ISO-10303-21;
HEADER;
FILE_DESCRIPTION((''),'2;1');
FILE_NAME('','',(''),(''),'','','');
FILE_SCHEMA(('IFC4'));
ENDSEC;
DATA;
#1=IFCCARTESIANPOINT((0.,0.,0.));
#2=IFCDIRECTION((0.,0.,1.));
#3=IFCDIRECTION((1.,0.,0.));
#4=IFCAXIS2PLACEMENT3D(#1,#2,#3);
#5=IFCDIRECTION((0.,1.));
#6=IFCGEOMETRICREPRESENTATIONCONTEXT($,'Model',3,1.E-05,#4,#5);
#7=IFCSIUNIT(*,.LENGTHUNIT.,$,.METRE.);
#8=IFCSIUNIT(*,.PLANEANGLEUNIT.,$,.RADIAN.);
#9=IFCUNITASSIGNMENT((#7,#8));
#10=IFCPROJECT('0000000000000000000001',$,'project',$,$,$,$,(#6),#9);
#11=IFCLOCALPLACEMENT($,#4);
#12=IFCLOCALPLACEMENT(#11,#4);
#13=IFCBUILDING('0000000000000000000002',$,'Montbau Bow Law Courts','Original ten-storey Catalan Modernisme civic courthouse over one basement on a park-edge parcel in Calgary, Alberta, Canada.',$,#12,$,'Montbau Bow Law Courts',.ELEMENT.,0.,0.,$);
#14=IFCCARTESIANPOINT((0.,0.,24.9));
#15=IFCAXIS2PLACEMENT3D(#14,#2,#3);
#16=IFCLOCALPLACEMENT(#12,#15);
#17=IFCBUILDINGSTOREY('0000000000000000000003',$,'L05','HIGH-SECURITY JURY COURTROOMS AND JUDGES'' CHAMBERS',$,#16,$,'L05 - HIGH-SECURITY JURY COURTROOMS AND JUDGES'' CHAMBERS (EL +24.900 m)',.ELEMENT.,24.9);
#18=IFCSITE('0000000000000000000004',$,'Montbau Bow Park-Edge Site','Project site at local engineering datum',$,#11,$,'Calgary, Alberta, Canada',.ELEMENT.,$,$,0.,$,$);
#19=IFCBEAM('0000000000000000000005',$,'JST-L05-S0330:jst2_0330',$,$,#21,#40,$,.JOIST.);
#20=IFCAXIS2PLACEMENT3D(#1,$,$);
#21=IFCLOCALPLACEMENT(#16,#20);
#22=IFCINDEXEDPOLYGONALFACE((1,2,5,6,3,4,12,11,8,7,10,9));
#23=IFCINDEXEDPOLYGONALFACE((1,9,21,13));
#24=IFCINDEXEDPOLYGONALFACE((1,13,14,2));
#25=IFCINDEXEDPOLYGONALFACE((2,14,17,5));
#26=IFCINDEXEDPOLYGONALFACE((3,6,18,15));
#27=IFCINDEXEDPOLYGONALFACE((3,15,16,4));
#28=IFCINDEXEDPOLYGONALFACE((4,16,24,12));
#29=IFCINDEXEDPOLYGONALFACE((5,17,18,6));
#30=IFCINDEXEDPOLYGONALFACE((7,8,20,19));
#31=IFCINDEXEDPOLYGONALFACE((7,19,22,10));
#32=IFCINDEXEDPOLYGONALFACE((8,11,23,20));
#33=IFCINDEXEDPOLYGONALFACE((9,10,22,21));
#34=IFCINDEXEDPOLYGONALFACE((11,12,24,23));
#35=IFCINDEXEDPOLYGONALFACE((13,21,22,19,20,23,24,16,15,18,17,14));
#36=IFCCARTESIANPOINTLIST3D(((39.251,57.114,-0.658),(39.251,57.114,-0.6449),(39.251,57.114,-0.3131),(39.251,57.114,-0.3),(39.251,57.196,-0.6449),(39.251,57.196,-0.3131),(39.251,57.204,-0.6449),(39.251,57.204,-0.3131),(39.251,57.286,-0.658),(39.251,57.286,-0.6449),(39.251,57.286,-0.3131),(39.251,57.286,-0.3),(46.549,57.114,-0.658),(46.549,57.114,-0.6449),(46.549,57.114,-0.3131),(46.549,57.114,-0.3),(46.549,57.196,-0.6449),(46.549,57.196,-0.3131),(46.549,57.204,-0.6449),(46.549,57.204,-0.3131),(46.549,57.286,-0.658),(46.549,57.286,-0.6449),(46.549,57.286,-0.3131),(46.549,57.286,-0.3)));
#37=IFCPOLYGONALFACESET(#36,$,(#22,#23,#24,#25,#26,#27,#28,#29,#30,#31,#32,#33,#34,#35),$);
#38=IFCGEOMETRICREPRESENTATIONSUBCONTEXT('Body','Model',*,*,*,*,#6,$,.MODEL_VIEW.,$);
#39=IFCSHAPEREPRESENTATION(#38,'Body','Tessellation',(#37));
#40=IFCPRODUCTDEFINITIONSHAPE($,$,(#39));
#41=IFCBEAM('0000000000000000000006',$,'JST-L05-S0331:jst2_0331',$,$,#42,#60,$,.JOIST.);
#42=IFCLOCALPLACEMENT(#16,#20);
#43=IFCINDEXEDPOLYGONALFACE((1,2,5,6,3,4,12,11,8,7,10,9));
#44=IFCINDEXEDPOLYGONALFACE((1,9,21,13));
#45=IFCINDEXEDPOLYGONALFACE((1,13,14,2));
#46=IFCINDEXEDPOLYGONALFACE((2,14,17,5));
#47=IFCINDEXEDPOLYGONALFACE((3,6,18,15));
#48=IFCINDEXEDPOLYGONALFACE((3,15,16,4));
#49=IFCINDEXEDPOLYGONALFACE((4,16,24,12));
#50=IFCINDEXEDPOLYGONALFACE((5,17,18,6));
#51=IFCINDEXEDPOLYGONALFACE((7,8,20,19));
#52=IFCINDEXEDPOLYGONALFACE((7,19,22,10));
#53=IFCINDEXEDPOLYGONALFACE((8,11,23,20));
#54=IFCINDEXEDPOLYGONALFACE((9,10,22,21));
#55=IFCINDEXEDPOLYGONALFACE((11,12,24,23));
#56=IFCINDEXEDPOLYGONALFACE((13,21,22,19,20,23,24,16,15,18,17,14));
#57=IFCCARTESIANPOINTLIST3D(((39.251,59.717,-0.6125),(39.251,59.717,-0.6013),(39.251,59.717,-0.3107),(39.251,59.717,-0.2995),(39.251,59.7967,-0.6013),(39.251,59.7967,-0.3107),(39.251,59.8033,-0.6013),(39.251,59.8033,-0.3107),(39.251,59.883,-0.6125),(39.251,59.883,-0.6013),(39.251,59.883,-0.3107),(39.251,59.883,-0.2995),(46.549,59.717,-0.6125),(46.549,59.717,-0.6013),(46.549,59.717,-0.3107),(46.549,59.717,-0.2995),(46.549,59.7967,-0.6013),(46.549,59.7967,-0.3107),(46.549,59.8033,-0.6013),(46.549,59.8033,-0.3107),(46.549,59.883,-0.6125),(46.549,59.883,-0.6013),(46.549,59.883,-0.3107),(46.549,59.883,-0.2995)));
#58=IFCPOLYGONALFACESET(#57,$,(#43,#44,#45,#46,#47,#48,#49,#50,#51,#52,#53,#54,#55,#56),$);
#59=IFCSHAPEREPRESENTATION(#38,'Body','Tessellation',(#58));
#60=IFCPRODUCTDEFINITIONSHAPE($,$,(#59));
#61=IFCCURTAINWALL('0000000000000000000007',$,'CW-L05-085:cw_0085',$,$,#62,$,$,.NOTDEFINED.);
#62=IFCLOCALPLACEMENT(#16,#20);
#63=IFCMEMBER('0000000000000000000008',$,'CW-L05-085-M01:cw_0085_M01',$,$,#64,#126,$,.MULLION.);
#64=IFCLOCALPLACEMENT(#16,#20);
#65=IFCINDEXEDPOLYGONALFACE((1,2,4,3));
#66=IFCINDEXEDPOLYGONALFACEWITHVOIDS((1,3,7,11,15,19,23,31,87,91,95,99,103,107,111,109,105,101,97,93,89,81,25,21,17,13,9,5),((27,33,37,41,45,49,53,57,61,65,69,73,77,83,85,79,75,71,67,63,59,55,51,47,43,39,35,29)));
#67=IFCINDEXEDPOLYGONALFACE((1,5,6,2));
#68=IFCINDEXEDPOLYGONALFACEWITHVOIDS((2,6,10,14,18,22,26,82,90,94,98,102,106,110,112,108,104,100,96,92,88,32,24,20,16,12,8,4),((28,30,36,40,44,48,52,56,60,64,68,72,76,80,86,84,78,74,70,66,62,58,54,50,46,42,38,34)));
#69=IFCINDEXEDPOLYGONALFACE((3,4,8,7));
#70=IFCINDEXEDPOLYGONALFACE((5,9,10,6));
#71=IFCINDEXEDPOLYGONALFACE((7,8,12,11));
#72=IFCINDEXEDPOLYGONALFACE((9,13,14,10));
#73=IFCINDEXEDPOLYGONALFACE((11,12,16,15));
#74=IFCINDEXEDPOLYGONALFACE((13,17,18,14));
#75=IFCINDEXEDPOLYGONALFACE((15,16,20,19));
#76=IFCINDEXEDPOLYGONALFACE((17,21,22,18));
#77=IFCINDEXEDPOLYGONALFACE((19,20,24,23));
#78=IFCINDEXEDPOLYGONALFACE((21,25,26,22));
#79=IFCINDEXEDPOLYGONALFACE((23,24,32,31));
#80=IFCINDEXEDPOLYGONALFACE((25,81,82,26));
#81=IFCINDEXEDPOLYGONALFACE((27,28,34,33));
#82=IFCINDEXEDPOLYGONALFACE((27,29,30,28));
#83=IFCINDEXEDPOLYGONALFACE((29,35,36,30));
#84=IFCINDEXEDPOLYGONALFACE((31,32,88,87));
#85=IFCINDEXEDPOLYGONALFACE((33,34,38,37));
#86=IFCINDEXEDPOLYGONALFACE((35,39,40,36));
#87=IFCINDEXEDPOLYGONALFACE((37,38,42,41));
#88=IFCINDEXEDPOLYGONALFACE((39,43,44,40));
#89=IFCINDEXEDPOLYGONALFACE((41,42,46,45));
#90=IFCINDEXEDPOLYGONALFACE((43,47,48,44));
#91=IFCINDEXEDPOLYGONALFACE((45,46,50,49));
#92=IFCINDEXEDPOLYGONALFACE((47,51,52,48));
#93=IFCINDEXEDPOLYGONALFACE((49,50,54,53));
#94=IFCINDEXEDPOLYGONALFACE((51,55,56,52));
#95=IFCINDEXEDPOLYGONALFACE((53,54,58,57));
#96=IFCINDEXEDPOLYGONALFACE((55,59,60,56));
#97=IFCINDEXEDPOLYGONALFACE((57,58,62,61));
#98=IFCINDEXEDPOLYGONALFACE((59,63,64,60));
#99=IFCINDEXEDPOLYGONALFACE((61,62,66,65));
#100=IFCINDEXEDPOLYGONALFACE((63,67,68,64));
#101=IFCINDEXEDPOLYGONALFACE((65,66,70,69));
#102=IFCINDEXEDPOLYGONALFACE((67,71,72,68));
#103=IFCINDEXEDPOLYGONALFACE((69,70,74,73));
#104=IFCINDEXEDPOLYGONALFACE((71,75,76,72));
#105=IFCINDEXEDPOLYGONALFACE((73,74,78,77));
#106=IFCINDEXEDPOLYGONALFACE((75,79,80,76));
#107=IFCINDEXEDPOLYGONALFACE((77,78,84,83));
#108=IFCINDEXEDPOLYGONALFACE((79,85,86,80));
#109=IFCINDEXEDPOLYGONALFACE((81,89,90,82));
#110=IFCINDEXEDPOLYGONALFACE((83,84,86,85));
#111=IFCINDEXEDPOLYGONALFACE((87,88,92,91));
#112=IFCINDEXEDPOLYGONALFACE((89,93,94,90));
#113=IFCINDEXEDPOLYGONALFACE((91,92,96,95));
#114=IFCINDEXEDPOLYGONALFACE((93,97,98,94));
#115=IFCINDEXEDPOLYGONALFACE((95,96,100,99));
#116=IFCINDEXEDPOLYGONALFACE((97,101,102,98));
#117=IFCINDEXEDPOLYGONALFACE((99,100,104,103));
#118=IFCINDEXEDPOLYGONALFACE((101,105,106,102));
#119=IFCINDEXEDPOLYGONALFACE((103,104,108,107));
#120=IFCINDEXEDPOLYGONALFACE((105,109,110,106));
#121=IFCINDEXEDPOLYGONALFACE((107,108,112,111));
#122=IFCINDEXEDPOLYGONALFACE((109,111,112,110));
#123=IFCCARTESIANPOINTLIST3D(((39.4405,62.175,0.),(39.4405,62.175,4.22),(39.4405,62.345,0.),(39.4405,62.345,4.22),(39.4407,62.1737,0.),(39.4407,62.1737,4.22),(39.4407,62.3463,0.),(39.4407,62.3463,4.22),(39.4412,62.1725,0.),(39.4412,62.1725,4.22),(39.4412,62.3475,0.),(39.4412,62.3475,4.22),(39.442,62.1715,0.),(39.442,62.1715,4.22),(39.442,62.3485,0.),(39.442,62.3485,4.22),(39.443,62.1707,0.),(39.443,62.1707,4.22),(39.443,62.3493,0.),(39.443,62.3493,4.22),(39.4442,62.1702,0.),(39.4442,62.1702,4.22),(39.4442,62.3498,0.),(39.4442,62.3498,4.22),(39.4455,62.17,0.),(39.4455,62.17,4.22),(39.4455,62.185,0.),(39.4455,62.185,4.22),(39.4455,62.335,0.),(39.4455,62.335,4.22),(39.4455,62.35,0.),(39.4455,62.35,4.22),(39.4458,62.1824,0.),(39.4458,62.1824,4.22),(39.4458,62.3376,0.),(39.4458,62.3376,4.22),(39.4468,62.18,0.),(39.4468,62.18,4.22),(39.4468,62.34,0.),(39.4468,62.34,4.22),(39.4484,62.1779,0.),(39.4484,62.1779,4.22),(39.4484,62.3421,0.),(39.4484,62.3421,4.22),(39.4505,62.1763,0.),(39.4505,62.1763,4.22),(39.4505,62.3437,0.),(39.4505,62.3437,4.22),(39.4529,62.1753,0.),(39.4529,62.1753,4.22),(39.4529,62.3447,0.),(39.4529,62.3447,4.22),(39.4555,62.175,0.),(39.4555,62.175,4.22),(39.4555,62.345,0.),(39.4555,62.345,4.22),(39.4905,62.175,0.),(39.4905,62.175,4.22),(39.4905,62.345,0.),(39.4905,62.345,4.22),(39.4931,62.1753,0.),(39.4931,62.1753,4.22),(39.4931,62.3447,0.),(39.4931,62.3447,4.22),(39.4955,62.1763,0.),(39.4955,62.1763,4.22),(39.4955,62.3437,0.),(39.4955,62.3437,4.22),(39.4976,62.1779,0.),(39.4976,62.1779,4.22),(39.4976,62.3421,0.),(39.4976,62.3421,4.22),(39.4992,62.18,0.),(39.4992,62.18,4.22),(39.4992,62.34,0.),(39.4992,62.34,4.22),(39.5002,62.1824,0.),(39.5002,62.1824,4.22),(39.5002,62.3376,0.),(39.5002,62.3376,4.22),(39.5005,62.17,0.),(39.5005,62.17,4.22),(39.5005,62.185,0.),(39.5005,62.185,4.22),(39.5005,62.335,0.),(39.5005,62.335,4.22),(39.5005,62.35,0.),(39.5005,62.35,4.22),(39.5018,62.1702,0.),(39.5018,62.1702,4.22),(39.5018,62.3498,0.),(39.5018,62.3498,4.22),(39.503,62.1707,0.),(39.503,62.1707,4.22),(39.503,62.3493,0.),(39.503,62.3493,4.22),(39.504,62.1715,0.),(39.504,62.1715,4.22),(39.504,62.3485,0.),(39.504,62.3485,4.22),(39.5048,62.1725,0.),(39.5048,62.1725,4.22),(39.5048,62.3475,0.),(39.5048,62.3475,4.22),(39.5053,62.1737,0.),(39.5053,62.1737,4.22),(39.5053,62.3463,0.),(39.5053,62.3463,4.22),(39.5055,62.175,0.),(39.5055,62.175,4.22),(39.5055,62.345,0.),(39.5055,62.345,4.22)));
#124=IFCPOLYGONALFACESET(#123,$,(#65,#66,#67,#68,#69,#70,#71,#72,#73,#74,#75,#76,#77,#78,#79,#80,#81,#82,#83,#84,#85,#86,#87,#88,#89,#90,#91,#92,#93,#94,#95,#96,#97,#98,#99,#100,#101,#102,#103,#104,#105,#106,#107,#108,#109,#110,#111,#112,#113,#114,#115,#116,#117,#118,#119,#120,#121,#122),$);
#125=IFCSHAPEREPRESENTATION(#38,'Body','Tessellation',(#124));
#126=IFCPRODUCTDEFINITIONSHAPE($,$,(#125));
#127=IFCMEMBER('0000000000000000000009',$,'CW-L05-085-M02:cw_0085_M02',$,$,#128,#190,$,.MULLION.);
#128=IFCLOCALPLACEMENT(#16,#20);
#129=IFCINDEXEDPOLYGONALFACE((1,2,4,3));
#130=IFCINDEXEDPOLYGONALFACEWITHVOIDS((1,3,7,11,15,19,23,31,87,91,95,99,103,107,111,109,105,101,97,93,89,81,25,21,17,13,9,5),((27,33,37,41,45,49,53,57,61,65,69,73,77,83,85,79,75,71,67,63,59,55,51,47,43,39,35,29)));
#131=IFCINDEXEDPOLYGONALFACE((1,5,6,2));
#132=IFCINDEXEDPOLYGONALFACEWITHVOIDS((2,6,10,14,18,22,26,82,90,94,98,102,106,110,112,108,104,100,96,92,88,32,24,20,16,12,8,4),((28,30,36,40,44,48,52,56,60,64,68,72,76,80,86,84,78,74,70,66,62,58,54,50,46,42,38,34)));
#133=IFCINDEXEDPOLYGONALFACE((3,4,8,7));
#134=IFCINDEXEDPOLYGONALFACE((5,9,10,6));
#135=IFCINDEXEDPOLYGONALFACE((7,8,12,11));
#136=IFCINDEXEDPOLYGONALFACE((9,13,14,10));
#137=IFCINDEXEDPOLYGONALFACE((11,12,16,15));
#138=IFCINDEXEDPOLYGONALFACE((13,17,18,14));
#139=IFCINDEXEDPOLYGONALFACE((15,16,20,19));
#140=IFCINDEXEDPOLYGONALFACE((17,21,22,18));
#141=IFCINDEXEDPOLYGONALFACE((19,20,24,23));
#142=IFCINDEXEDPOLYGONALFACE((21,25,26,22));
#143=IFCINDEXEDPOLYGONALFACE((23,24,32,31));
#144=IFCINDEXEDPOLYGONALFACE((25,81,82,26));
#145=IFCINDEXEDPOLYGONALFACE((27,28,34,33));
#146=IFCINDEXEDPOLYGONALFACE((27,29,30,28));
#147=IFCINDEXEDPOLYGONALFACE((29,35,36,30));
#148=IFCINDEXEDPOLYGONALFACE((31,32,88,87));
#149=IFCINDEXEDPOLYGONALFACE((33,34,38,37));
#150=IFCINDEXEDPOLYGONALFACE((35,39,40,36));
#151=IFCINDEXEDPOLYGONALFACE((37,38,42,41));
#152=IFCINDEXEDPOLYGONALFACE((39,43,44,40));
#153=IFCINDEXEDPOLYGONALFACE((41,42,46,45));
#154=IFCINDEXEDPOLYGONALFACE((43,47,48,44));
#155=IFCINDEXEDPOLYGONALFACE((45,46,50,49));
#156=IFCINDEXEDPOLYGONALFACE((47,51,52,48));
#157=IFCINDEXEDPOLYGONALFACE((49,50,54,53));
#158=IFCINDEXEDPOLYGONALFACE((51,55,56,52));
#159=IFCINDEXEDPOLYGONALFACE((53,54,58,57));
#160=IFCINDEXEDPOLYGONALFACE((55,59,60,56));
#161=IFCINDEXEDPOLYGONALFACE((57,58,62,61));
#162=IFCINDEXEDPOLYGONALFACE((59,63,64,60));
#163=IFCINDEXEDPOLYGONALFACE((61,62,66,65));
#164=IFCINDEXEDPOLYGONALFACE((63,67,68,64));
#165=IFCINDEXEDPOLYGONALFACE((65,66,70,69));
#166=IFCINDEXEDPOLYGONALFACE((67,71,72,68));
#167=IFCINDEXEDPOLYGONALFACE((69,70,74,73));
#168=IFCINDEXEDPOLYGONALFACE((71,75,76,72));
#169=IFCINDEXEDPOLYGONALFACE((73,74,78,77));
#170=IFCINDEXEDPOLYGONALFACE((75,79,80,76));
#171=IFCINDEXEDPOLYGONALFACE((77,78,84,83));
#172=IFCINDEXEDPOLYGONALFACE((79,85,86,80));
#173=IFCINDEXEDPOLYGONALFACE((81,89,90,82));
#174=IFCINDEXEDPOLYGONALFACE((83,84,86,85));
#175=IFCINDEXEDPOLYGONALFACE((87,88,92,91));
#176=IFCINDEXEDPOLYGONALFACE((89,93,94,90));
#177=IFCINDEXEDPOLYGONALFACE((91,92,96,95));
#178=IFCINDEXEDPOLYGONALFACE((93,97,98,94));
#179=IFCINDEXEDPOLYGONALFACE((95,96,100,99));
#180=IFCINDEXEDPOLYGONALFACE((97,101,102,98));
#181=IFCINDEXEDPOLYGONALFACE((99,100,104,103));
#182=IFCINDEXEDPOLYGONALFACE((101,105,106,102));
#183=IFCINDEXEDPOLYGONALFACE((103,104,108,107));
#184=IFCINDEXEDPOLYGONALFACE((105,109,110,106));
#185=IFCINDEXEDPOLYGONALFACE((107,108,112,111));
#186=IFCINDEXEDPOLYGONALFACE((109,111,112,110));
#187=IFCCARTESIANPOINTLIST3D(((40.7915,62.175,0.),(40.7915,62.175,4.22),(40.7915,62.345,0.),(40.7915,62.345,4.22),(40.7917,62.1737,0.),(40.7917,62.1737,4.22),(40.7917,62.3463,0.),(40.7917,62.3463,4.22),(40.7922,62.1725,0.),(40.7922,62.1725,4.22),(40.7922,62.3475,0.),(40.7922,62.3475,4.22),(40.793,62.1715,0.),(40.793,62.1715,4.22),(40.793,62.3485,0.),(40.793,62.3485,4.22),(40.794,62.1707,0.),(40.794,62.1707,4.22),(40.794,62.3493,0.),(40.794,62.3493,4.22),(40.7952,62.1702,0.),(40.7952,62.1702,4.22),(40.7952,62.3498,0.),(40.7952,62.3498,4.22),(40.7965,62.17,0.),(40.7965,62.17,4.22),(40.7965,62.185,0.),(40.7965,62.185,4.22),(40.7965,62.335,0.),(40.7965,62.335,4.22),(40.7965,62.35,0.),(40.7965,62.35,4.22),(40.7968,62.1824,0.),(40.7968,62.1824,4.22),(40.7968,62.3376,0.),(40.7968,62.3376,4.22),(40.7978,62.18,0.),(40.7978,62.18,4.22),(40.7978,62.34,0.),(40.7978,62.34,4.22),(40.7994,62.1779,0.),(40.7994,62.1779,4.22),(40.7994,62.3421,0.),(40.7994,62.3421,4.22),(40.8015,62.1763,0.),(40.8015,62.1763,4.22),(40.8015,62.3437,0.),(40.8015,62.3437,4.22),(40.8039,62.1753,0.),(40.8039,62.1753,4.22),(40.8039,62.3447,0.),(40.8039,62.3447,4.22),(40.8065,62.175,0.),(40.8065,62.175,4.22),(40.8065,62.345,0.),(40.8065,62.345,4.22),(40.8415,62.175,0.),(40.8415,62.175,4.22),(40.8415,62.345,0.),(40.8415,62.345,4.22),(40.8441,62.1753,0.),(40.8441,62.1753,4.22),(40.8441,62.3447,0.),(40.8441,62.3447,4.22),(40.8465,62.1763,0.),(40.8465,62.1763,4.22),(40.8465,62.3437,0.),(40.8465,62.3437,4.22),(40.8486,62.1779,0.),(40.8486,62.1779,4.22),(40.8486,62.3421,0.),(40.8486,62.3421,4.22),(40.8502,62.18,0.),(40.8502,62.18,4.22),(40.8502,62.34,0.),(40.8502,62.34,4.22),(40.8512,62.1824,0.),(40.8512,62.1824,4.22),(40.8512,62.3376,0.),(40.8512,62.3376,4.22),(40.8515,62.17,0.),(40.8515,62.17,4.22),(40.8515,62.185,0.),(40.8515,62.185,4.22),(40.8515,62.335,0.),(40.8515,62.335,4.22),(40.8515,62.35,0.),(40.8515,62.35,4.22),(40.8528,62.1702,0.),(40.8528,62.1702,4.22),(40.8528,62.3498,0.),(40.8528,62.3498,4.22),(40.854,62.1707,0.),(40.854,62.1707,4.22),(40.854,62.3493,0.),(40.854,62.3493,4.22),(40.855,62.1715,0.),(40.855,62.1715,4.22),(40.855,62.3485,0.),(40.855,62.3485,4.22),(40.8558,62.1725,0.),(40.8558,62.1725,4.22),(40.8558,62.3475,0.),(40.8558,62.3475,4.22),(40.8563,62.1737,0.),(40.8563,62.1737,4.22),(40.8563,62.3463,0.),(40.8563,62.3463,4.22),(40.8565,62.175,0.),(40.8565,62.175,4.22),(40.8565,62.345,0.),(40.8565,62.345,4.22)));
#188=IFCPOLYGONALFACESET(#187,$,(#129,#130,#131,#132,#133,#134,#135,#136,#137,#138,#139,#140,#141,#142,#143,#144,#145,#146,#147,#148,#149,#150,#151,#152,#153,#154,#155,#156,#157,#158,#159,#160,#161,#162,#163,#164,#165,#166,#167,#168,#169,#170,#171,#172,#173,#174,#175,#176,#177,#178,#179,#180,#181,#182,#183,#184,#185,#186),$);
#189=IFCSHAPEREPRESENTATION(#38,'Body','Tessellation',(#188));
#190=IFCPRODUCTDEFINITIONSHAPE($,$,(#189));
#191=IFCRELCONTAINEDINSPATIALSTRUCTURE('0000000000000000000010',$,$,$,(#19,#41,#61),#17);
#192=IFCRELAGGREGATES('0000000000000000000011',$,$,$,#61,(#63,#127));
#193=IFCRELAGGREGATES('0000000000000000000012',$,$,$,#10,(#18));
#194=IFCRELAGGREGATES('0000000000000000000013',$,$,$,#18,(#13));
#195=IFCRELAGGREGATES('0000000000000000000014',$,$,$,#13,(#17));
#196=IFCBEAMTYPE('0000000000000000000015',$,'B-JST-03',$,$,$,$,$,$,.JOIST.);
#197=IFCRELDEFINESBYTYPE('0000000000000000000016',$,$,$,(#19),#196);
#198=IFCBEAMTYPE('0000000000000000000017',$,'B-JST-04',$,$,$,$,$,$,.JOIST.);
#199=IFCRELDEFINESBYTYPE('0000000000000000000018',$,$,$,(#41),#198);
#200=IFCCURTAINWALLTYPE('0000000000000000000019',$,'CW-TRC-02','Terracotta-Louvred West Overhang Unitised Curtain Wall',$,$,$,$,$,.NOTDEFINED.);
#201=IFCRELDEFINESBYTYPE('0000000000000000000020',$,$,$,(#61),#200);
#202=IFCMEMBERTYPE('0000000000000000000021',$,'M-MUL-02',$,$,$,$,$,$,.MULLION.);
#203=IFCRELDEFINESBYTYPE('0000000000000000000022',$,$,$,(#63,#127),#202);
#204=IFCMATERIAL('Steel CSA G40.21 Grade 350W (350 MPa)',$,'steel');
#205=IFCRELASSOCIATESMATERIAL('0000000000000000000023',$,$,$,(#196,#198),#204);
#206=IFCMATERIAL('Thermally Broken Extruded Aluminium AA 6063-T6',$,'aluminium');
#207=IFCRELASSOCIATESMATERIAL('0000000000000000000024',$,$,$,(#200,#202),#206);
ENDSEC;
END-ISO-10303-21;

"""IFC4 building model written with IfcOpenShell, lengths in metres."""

from ifc_helpers import new_model, si_unit, direction, frame, origin_with_axes, origin_2d_with_axis, place, context, subcontext, project, spatial, hollow_rectangle, i_section, extrude, material, material_profile, profile_set, type_object, element, aggregate, save


model = new_model("IFC4")

# Units and contexts
model_context = context("Model", 3, precision=1e-05, world=origin_with_axes(), true_north=direction((0.0, 1.0)))
body_context = subcontext(model_context, "Body", "Model", "MODEL_VIEW")
ifc_project = project(units=[si_unit("LENGTHUNIT", "METRE"), si_unit("PLANEANGLEUNIT", "RADIAN")], contexts=[model_context])

# Site, building, storey
site_placement = place(None, origin_with_axes())
site = spatial("IfcSite", under=ifc_project, at=site_placement, Name="Montbau Bow Park-Edge Site", Description="Project site at local engineering datum", LongName="Calgary, Alberta, Canada", CompositionType="ELEMENT", RefElevation=0.0)
building_placement = place(site_placement, origin_with_axes())
building = spatial("IfcBuilding", under=site, at=building_placement, Name="Montbau Bow Law Courts", Description="Original ten-storey Catalan Modernisme civic courthouse over one basement on a park-edge parcel in Calgary, Alberta, Canada.", LongName="Montbau Bow Law Courts", CompositionType="ELEMENT", ElevationOfRefHeight=0.0, ElevationOfTerrain=0.0)
storey_placement = place(building_placement, frame((0.0, 0.0, 24.9), z_axis=(0.0, 0.0, 1.0), x_axis=(1.0, 0.0, 0.0)))
storey = spatial("IfcBuildingStorey", under=building, at=storey_placement, Name="L05", Description="HIGH-SECURITY JURY COURTROOMS AND JUDGES' CHAMBERS", LongName="L05 - HIGH-SECURITY JURY COURTROOMS AND JUDGES' CHAMBERS (EL +24.900 m)", CompositionType="ELEMENT", Elevation=24.9)

# Beams
ifc_material_1 = material(Name="Steel CSA G40.21 Grade 350W (350 MPa)", Category="steel")
ifc_material_profile_1 = material_profile(ifc_material_1, i_section(OverallWidth=0.172, OverallDepth=0.358, WebThickness=0.0079, FlangeThickness=0.0131, at=origin_2d_with_axis()), Name="W360X57", Category="Main", Priority=0)
ifc_profile_set_1 = profile_set([ifc_material_profile_1], Name="Steel CSA G40.21 Grade 350W (350 MPa)")
beam_type_1 = type_object("IfcBeamType", Name="B-JST-03", PredefinedType="JOIST", material=ifc_profile_set_1)
beam_1_placement = place(None, frame((39.251, 57.2, 24.421), z_axis=(1.0, 0.0, 0.0), x_axis=(0.0, 1.0, 0.0)))
element("IfcBeam", 1, at=beam_1_placement, inside=storey, type_object=beam_type_1, Name="JST-L05-S0330:jst2_0330", PredefinedType="JOIST", context=body_context, shape_type="SweptSolid", body=[
    extrude(i_section(OverallWidth=0.172, OverallDepth=0.358, WebThickness=0.0079, FlangeThickness=0.0131, at=origin_2d_with_axis()), origin_with_axes(), (0.0, 0.0, 1.0), 7.298),
])
ifc_material_profile_2 = material_profile(ifc_material_1, i_section(OverallWidth=0.166, OverallDepth=0.313, WebThickness=0.0066, FlangeThickness=0.0112, at=origin_2d_with_axis()), Name="W310X45", Category="Main", Priority=0)
ifc_profile_set_2 = profile_set([ifc_material_profile_2], Name="Steel CSA G40.21 Grade 350W (350 MPa)")
beam_type_2 = type_object("IfcBeamType", Name="B-JST-04", PredefinedType="JOIST", material=ifc_profile_set_2)
beam_2_placement = place(None, frame((39.251, 59.8, 24.444), z_axis=(1.0, 0.0, 0.0), x_axis=(0.0, 1.0, 0.0)))
element("IfcBeam", 2, at=beam_2_placement, inside=storey, type_object=beam_type_2, Name="JST-L05-S0331:jst2_0331", PredefinedType="JOIST", context=body_context, shape_type="SweptSolid", body=[
    extrude(i_section(OverallWidth=0.166, OverallDepth=0.313, WebThickness=0.0066, FlangeThickness=0.0112, at=origin_2d_with_axis()), origin_with_axes(), (0.0, 0.0, 1.0), 7.298),
])

# Curtain wall, members
ifc_material_2 = material(Name="Thermally Broken Extruded Aluminium AA 6063-T6", Category="aluminium")
curtain_wall_type = type_object("IfcCurtainWallType", Name="CW-TRC-02", Description="Terracotta-Louvred West Overhang Unitised Curtain Wall", PredefinedType="NOTDEFINED", material=ifc_material_2)
curtain_wall_1_placement = place(None, frame((39.44, 62.26, 24.9), z_axis=(0.0, 0.0, 1.0), x_axis=(1.0, 0.0, 0.0)))
curtain_wall_1 = element("IfcCurtainWall", 3, at=curtain_wall_1_placement, inside=storey, type_object=curtain_wall_type, Name="CW-L05-085:cw_0085", PredefinedType="NOTDEFINED")
ifc_material_profile_3 = material_profile(ifc_material_2, hollow_rectangle(XDim=0.065, YDim=0.18, WallThickness=0.005, InnerFilletRadius=0.01, OuterFilletRadius=0.005, at=origin_2d_with_axis()), Name="CWM-180X65", Category="Main", Priority=0)
ifc_profile_set_3 = profile_set([ifc_material_profile_3], Name="Thermally Broken Extruded Aluminium AA 6063-T6")
member_type_1 = type_object("IfcMemberType", Name="M-MUL-02", PredefinedType="MULLION", material=ifc_profile_set_3)
member_1_placement = place(None, frame((39.473, 62.26, 24.9), z_axis=(0.0, 0.0, 1.0), x_axis=(1.0, 0.0, 0.0)))
member_1 = element("IfcMember", 4, at=member_1_placement, type_object=member_type_1, Name="CW-L05-085-M01:cw_0085_M01", PredefinedType="MULLION", context=body_context, shape_type="SweptSolid", body=[
    extrude(hollow_rectangle(XDim=0.065, YDim=0.18, WallThickness=0.005, InnerFilletRadius=0.01, OuterFilletRadius=0.005, at=origin_2d_with_axis()), origin_with_axes(), (0.0, 0.0, 1.0), 4.22),
])
member_2_placement = place(None, frame((40.824, 62.26, 24.9), z_axis=(0.0, 0.0, 1.0), x_axis=(1.0, 0.0, 0.0)))
member_2 = element("IfcMember", 5, at=member_2_placement, type_object=member_type_1, Name="CW-L05-085-M02:cw_0085_M02", PredefinedType="MULLION", context=body_context, shape_type="SweptSolid", body=[
    extrude(hollow_rectangle(XDim=0.065, YDim=0.18, WallThickness=0.005, InnerFilletRadius=0.01, OuterFilletRadius=0.005, at=origin_2d_with_axis()), origin_with_axes(), (0.0, 0.0, 1.0), 4.22),
])

aggregate(curtain_wall_1, [member_1, member_2])

save(model, "model.ifc")
